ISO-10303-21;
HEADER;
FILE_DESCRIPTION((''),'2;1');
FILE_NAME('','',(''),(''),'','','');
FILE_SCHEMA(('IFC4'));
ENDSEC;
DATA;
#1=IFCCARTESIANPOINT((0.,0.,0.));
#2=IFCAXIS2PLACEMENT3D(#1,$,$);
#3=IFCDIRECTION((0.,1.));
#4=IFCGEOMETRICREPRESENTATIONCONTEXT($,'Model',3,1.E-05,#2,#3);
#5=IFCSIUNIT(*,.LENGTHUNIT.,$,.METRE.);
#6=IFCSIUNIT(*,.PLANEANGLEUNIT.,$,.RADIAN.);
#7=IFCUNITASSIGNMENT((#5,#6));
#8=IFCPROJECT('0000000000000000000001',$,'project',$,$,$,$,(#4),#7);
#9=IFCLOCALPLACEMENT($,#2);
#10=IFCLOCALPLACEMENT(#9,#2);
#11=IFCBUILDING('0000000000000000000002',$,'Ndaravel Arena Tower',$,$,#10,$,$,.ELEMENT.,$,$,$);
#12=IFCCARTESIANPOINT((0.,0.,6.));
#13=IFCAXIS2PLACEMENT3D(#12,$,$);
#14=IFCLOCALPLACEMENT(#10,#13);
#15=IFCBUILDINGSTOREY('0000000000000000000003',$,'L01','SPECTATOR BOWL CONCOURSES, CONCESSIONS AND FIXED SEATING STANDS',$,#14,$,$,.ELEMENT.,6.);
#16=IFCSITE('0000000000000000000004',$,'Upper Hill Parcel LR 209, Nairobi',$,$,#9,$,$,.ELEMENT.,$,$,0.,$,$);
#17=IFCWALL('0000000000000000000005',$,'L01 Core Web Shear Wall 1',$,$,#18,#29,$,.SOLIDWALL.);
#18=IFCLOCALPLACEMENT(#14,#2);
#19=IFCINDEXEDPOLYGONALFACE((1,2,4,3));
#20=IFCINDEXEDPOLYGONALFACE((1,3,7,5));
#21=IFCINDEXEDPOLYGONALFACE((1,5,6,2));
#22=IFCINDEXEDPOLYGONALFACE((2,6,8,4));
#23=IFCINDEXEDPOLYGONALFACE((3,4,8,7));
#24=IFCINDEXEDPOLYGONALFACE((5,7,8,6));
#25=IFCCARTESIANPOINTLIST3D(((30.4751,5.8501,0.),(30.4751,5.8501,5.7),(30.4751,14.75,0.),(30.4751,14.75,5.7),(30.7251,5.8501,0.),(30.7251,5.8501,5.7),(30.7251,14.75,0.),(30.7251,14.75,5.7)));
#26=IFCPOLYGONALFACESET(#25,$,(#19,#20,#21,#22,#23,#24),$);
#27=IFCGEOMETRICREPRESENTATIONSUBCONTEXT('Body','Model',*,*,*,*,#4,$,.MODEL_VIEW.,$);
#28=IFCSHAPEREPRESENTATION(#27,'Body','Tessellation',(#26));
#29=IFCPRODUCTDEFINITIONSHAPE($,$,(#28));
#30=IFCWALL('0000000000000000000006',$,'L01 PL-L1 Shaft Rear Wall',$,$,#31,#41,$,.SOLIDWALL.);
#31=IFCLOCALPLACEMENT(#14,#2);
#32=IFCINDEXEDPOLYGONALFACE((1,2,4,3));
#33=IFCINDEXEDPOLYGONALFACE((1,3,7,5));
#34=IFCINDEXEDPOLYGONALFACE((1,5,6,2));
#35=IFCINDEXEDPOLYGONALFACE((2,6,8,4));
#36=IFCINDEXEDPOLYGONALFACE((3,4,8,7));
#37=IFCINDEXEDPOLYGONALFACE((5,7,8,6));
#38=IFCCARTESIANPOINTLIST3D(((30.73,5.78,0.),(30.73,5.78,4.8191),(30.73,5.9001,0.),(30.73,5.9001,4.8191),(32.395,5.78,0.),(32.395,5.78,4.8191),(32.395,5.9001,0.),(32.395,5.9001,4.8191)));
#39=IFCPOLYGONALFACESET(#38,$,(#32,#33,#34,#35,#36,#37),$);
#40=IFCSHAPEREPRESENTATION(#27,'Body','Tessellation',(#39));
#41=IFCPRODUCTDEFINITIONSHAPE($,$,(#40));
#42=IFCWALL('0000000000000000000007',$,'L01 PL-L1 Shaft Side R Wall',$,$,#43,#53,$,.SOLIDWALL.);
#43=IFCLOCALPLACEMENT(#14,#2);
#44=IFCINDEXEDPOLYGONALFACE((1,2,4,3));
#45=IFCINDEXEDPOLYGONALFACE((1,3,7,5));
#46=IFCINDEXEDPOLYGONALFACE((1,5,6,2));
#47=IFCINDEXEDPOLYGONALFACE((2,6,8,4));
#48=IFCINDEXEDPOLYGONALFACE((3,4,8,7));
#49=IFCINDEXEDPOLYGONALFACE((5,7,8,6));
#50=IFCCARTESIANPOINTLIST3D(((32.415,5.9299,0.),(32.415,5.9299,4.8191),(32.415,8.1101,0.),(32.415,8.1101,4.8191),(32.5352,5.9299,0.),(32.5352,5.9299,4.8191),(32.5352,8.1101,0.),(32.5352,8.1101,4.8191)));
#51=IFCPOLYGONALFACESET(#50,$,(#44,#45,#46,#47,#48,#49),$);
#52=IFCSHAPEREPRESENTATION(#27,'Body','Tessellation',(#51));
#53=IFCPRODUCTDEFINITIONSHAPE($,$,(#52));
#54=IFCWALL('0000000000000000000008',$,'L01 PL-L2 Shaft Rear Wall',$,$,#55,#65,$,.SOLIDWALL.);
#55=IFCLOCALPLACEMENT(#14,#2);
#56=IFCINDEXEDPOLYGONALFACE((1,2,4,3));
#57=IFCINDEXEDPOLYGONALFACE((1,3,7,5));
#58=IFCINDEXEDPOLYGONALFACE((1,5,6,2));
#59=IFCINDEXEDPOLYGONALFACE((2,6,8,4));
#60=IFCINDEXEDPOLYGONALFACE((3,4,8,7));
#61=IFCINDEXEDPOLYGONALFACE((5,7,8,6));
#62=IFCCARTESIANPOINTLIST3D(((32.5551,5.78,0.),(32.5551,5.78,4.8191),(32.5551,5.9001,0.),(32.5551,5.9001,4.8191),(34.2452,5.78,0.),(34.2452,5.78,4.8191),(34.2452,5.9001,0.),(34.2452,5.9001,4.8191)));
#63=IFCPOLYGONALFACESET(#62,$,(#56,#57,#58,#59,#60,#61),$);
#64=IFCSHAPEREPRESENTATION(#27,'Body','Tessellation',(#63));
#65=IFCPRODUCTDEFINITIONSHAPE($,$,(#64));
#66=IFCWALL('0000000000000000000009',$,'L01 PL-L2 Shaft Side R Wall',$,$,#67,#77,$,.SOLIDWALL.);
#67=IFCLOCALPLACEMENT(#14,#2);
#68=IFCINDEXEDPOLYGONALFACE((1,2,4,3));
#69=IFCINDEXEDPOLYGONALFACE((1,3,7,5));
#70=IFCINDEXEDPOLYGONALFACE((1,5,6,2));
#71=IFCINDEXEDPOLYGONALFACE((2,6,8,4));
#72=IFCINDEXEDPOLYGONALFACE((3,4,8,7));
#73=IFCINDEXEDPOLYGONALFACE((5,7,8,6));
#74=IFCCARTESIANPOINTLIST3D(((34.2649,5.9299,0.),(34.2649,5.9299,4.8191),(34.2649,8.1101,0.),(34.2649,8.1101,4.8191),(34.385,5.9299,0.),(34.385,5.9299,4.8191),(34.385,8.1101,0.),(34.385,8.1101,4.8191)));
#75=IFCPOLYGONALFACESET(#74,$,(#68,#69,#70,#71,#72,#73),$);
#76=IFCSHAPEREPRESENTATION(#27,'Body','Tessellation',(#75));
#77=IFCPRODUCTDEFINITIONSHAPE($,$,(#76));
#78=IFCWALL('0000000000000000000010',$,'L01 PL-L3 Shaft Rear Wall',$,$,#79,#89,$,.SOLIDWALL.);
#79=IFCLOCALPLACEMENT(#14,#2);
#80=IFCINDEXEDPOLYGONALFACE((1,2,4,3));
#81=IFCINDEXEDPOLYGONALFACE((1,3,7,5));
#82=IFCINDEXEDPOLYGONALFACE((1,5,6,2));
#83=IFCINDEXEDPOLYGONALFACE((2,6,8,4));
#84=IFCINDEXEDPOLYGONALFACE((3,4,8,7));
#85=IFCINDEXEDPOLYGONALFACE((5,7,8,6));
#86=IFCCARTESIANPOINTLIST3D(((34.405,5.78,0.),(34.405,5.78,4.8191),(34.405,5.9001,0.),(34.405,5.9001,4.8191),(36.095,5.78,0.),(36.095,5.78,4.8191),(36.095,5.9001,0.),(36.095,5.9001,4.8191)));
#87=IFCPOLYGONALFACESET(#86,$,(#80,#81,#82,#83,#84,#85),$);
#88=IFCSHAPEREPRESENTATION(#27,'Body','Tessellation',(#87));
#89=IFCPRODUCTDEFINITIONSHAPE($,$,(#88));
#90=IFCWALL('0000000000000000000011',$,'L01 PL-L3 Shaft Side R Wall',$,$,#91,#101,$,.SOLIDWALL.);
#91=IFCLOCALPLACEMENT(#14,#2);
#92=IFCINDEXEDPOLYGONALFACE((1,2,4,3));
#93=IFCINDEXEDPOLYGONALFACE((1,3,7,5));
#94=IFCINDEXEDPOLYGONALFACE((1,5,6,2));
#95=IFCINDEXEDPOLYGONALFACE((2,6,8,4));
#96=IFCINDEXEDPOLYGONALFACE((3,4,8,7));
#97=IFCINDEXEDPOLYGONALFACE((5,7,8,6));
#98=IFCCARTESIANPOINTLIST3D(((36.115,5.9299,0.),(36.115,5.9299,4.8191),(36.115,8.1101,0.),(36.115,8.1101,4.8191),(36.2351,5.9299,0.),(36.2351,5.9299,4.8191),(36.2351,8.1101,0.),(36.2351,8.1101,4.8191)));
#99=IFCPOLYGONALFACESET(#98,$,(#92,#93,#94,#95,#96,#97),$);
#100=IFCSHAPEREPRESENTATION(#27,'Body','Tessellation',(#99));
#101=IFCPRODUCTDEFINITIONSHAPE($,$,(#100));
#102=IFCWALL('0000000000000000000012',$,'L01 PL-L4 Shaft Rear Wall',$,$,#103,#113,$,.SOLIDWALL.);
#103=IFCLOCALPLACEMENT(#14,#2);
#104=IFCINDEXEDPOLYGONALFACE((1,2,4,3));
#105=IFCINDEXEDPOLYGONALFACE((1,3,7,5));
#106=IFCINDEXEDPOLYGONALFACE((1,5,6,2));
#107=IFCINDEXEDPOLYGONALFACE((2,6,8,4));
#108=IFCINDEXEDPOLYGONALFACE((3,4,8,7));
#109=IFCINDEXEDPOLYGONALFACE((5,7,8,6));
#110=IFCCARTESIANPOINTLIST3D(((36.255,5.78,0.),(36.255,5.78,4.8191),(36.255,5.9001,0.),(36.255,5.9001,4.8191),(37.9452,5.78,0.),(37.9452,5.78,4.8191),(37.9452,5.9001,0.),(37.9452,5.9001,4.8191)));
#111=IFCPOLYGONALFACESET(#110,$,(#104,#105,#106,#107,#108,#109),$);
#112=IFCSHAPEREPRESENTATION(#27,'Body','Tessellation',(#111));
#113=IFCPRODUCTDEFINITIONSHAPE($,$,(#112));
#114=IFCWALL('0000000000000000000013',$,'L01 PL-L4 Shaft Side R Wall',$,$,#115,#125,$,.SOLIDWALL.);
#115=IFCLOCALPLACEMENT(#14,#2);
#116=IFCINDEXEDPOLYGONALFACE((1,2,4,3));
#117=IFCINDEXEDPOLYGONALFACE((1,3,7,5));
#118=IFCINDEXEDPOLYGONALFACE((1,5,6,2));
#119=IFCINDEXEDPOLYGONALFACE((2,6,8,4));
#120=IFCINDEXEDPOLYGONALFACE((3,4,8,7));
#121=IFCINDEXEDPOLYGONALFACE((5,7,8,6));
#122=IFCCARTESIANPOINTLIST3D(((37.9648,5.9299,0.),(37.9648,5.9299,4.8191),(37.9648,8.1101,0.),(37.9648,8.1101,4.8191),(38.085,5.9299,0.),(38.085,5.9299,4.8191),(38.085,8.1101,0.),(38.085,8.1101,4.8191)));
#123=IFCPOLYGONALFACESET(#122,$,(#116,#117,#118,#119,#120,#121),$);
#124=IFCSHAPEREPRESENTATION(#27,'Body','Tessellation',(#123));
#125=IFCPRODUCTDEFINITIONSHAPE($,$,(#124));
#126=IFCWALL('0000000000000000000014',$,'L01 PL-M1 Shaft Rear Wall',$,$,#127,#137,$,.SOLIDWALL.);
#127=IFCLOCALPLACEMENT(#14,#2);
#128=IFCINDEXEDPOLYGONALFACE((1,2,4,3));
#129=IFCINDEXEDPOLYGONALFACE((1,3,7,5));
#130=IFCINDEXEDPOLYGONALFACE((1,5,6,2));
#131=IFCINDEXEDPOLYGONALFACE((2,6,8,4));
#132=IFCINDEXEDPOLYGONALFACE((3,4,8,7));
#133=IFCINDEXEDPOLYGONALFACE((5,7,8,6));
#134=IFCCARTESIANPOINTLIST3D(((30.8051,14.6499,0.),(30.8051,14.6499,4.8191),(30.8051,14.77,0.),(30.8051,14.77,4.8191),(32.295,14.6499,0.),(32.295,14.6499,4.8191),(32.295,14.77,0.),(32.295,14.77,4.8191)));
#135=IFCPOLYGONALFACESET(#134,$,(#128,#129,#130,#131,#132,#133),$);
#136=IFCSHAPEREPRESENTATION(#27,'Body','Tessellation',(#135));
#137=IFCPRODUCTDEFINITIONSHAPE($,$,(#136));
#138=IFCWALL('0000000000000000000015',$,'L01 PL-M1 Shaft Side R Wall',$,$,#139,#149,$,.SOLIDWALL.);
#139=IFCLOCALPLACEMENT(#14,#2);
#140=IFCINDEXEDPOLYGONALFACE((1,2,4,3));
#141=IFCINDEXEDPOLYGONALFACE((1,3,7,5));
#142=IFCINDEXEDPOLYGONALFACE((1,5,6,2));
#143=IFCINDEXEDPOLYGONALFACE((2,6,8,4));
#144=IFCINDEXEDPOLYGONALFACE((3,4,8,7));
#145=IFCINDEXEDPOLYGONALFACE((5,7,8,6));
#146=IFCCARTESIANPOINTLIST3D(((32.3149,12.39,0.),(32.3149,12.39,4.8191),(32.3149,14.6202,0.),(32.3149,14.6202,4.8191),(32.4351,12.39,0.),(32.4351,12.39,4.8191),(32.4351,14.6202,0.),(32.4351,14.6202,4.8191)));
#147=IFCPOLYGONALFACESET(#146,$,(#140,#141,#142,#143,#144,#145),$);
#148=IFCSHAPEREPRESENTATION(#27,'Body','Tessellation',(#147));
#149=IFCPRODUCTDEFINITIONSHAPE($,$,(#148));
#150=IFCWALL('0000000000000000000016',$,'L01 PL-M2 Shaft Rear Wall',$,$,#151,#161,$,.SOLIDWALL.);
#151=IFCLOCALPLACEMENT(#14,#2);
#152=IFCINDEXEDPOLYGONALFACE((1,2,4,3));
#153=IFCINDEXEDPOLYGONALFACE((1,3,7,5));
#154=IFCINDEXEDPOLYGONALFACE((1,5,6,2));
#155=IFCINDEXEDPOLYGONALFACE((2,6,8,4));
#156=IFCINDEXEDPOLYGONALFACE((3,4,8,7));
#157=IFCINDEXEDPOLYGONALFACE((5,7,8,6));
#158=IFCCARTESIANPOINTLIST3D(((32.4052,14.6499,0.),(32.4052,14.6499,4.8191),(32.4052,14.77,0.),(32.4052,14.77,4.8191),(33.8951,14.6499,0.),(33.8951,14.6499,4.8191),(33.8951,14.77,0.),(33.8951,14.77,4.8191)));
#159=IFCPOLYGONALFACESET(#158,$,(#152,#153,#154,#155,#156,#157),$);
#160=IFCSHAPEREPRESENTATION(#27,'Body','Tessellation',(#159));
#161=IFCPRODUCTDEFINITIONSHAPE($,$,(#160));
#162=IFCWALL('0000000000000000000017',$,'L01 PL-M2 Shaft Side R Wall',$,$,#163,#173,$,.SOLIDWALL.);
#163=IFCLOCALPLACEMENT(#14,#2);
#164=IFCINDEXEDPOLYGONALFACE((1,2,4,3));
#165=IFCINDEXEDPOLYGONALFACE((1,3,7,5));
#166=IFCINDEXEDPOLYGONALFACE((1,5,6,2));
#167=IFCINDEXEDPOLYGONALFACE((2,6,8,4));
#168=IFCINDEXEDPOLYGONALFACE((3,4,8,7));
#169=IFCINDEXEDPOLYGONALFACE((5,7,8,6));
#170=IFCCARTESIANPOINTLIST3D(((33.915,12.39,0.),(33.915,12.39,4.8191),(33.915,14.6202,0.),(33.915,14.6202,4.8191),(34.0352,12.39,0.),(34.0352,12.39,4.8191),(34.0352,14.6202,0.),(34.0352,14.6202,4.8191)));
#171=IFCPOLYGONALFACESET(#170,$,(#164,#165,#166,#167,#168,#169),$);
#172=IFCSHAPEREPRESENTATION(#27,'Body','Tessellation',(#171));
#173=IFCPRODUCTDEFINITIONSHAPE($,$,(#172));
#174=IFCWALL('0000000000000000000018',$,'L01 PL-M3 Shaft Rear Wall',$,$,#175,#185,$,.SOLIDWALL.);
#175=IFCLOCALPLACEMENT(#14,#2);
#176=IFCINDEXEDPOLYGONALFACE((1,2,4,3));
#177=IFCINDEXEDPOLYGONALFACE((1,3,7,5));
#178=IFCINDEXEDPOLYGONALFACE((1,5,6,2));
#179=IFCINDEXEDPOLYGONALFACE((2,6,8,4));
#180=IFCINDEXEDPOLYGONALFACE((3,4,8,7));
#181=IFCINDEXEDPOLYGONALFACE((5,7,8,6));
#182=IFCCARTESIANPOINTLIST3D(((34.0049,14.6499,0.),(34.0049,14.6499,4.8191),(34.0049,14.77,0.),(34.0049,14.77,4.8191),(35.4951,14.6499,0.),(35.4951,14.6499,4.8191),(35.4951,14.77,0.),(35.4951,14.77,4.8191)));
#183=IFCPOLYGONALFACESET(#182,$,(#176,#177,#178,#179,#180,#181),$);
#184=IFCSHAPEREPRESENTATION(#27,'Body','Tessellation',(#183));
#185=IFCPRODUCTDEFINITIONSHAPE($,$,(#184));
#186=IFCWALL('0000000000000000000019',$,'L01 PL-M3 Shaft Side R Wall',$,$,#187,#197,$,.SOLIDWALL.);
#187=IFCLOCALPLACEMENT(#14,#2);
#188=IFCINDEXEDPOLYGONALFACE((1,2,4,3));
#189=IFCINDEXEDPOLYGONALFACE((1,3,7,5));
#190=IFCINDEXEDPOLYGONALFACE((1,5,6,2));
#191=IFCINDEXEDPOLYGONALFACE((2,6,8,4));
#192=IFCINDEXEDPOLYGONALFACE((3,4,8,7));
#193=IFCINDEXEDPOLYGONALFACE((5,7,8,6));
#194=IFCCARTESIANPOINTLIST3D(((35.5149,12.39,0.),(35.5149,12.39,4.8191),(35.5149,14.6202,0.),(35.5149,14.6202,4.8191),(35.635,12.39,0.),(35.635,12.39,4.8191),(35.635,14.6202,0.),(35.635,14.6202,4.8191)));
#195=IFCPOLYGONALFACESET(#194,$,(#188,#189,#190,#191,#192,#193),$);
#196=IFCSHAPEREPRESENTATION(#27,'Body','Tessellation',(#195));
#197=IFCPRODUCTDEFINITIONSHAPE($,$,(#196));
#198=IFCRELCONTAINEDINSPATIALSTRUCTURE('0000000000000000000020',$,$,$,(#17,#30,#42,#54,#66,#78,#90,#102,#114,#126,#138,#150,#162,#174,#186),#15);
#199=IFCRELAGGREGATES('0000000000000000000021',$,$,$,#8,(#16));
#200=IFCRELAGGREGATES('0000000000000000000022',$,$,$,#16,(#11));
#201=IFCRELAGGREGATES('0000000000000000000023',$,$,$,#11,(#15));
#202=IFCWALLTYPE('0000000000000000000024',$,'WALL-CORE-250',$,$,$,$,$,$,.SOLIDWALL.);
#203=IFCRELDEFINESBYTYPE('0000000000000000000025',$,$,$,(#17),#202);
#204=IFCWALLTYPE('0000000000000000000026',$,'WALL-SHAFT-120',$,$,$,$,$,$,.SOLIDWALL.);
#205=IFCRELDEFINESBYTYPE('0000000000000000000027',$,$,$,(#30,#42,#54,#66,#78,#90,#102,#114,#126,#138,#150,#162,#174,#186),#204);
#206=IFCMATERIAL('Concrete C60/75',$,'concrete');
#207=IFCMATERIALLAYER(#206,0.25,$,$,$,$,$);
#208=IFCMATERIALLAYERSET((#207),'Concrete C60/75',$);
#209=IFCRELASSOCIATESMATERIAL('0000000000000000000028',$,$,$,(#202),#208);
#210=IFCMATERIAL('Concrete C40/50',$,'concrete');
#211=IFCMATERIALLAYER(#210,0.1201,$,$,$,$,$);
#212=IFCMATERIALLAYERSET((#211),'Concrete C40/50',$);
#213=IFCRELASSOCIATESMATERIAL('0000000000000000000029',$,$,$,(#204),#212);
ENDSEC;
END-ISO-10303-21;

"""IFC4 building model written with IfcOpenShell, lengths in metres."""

from ifc_helpers import new_model, si_unit, direction, frame, frame_2d, origin, place, context, subcontext, project, spatial, rectangle, extrude, material, layer, layer_set, type_object, element, save


model = new_model("IFC4")

# Units and contexts
model_context = context("Model", 3, precision=1e-05, world=origin(), true_north=direction((0.0, 1.0)))
body_context = subcontext(model_context, "Body", "Model", "MODEL_VIEW")
ifc_project = project(units=[si_unit("LENGTHUNIT", "METRE"), si_unit("PLANEANGLEUNIT", "RADIAN")], contexts=[model_context])

# Site, building, storey
site_placement = place(None, origin())
site = spatial("IfcSite", under=ifc_project, at=site_placement, Name="Upper Hill Parcel LR 209, Nairobi", CompositionType="ELEMENT", RefElevation=0.0)
building_placement = place(site_placement, origin())
building = spatial("IfcBuilding", under=site, at=building_placement, Name="Ndaravel Arena Tower", CompositionType="ELEMENT")
storey_placement = place(building_placement, frame((0.0, 0.0, 6.0)))
storey = spatial("IfcBuildingStorey", under=building, at=storey_placement, Name="L01", Description="SPECTATOR BOWL CONCOURSES, CONCESSIONS AND FIXED SEATING STANDS", CompositionType="ELEMENT", Elevation=6.0)

# Walls
ifc_material_1 = material(Name="Concrete C60/75", Category="concrete")
ifc_layer_1 = layer(ifc_material_1, 0.25)
ifc_layer_set_1 = layer_set([ifc_layer_1], Name="Concrete C60/75")
wall_type_1 = type_object("IfcWallType", Name="WALL-CORE-250", PredefinedType="SOLIDWALL", material=ifc_layer_set_1)
wall_1_placement = place(storey_placement, frame((30.6001, 5.8501, 0.0), z_axis=(0.0, 0.0, 1.0), x_axis=(0.0, 1.0, 0.0)))
element("IfcWall", 1, at=wall_1_placement, inside=storey, type_object=wall_type_1, Name="L01 Core Web Shear Wall 1", PredefinedType="SOLIDWALL", context=body_context, shape_type="SweptSolid", body=[
    extrude(rectangle(XDim=8.8999, YDim=0.25, at=frame_2d((4.45, 0.0))), origin(), (0.0, 0.0, 1.0), 5.7),
])
ifc_material_2 = material(Name="Concrete C40/50", Category="concrete")
ifc_layer_2 = layer(ifc_material_2, 0.1201)
ifc_layer_set_2 = layer_set([ifc_layer_2], Name="Concrete C40/50")
wall_type_2 = type_object("IfcWallType", Name="WALL-SHAFT-120", PredefinedType="SOLIDWALL", material=ifc_layer_set_2)
wall_2_placement = place(storey_placement, frame((30.73, 5.8401, 0.0), z_axis=(0.0, 0.0, 1.0), x_axis=(1.0, 0.0, 0.0)))
element("IfcWall", 2, at=wall_2_placement, inside=storey, type_object=wall_type_2, Name="L01 PL-L1 Shaft Rear Wall", PredefinedType="SOLIDWALL", context=body_context, shape_type="SweptSolid", body=[
    extrude(rectangle(XDim=1.665, YDim=0.1201, at=frame_2d((0.8325, 0.0))), origin(), (0.0, 0.0, 1.0), 4.8191),
])
wall_3_placement = place(storey_placement, frame((32.4751, 5.9299, 0.0), z_axis=(0.0, 0.0, 1.0), x_axis=(0.0, 1.0, 0.0)))
element("IfcWall", 3, at=wall_3_placement, inside=storey, type_object=wall_type_2, Name="L01 PL-L1 Shaft Side R Wall", PredefinedType="SOLIDWALL", context=body_context, shape_type="SweptSolid", body=[
    extrude(rectangle(XDim=2.1802, YDim=0.1201, at=frame_2d((1.0901, 0.0))), origin(), (0.0, 0.0, 1.0), 4.8191),
])
wall_4_placement = place(storey_placement, frame((32.5549, 5.8401, 0.0), z_axis=(0.0, 0.0, 1.0), x_axis=(1.0, 0.0, 0.0)))
element("IfcWall", 4, at=wall_4_placement, inside=storey, type_object=wall_type_2, Name="L01 PL-L2 Shaft Rear Wall", PredefinedType="SOLIDWALL", context=body_context, shape_type="SweptSolid", body=[
    extrude(rectangle(XDim=1.6902, YDim=0.1201, at=frame_2d((0.8452, 0.0))), origin(), (0.0, 0.0, 1.0), 4.8191),
])
wall_5_placement = place(storey_placement, frame((34.325, 5.9299, 0.0), z_axis=(0.0, 0.0, 1.0), x_axis=(0.0, 1.0, 0.0)))
element("IfcWall", 5, at=wall_5_placement, inside=storey, type_object=wall_type_2, Name="L01 PL-L2 Shaft Side R Wall", PredefinedType="SOLIDWALL", context=body_context, shape_type="SweptSolid", body=[
    extrude(rectangle(XDim=2.1802, YDim=0.1201, at=frame_2d((1.0901, 0.0))), origin(), (0.0, 0.0, 1.0), 4.8191),
])
wall_6_placement = place(storey_placement, frame((34.405, 5.8401, 0.0), z_axis=(0.0, 0.0, 1.0), x_axis=(1.0, 0.0, 0.0)))
element("IfcWall", 6, at=wall_6_placement, inside=storey, type_object=wall_type_2, Name="L01 PL-L3 Shaft Rear Wall", PredefinedType="SOLIDWALL", context=body_context, shape_type="SweptSolid", body=[
    extrude(rectangle(XDim=1.6899, YDim=0.1201, at=frame_2d((0.845, 0.0))), origin(), (0.0, 0.0, 1.0), 4.8191),
])
wall_7_placement = place(storey_placement, frame((36.175, 5.9299, 0.0), z_axis=(0.0, 0.0, 1.0), x_axis=(0.0, 1.0, 0.0)))
element("IfcWall", 7, at=wall_7_placement, inside=storey, type_object=wall_type_2, Name="L01 PL-L3 Shaft Side R Wall", PredefinedType="SOLIDWALL", context=body_context, shape_type="SweptSolid", body=[
    extrude(rectangle(XDim=2.1802, YDim=0.1201, at=frame_2d((1.0901, 0.0))), origin(), (0.0, 0.0, 1.0), 4.8191),
])
wall_8_placement = place(storey_placement, frame((36.2549, 5.8401, 0.0), z_axis=(0.0, 0.0, 1.0), x_axis=(1.0, 0.0, 0.0)))
element("IfcWall", 8, at=wall_8_placement, inside=storey, type_object=wall_type_2, Name="L01 PL-L4 Shaft Rear Wall", PredefinedType="SOLIDWALL", context=body_context, shape_type="SweptSolid", body=[
    extrude(rectangle(XDim=1.6902, YDim=0.1201, at=frame_2d((0.8452, 0.0))), origin(), (0.0, 0.0, 1.0), 4.8191),
])
wall_9_placement = place(storey_placement, frame((38.0249, 5.9299, 0.0), z_axis=(0.0, 0.0, 1.0), x_axis=(0.0, 1.0, 0.0)))
element("IfcWall", 9, at=wall_9_placement, inside=storey, type_object=wall_type_2, Name="L01 PL-L4 Shaft Side R Wall", PredefinedType="SOLIDWALL", context=body_context, shape_type="SweptSolid", body=[
    extrude(rectangle(XDim=2.1802, YDim=0.1201, at=frame_2d((1.0901, 0.0))), origin(), (0.0, 0.0, 1.0), 4.8191),
])
wall_10_placement = place(storey_placement, frame((30.8049, 14.71, 0.0), z_axis=(0.0, 0.0, 1.0), x_axis=(1.0, 0.0, 0.0)))
element("IfcWall", 10, at=wall_10_placement, inside=storey, type_object=wall_type_2, Name="L01 PL-M1 Shaft Rear Wall", PredefinedType="SOLIDWALL", context=body_context, shape_type="SweptSolid", body=[
    extrude(rectangle(XDim=1.49, YDim=0.1201, at=frame_2d((0.7451, 0.0))), origin(), (0.0, 0.0, 1.0), 4.8191),
])
wall_11_placement = place(storey_placement, frame((32.375, 12.3899, 0.0), z_axis=(0.0, 0.0, 1.0), x_axis=(0.0, 1.0, 0.0)))
element("IfcWall", 11, at=wall_11_placement, inside=storey, type_object=wall_type_2, Name="L01 PL-M1 Shaft Side R Wall", PredefinedType="SOLIDWALL", context=body_context, shape_type="SweptSolid", body=[
    extrude(rectangle(XDim=2.2302, YDim=0.1201, at=frame_2d((1.1152, 0.0))), origin(), (0.0, 0.0, 1.0), 4.8191),
])
wall_12_placement = place(storey_placement, frame((32.405, 14.71, 0.0), z_axis=(0.0, 0.0, 1.0), x_axis=(1.0, 0.0, 0.0)))
element("IfcWall", 12, at=wall_12_placement, inside=storey, type_object=wall_type_2, Name="L01 PL-M2 Shaft Rear Wall", PredefinedType="SOLIDWALL", context=body_context, shape_type="SweptSolid", body=[
    extrude(rectangle(XDim=1.49, YDim=0.1201, at=frame_2d((0.7451, 0.0))), origin(), (0.0, 0.0, 1.0), 4.8191),
])
wall_13_placement = place(storey_placement, frame((33.9751, 12.3899, 0.0), z_axis=(0.0, 0.0, 1.0), x_axis=(0.0, 1.0, 0.0)))
element("IfcWall", 13, at=wall_13_placement, inside=storey, type_object=wall_type_2, Name="L01 PL-M2 Shaft Side R Wall", PredefinedType="SOLIDWALL", context=body_context, shape_type="SweptSolid", body=[
    extrude(rectangle(XDim=2.2302, YDim=0.1201, at=frame_2d((1.1152, 0.0))), origin(), (0.0, 0.0, 1.0), 4.8191),
])
wall_14_placement = place(storey_placement, frame((34.0049, 14.71, 0.0), z_axis=(0.0, 0.0, 1.0), x_axis=(1.0, 0.0, 0.0)))
element("IfcWall", 14, at=wall_14_placement, inside=storey, type_object=wall_type_2, Name="L01 PL-M3 Shaft Rear Wall", PredefinedType="SOLIDWALL", context=body_context, shape_type="SweptSolid", body=[
    extrude(rectangle(XDim=1.4902, YDim=0.1201, at=frame_2d((0.7451, 0.0))), origin(), (0.0, 0.0, 1.0), 4.8191),
])
wall_15_placement = place(storey_placement, frame((35.575, 12.3899, 0.0), z_axis=(0.0, 0.0, 1.0), x_axis=(0.0, 1.0, 0.0)))
element("IfcWall", 15, at=wall_15_placement, inside=storey, type_object=wall_type_2, Name="L01 PL-M3 Shaft Side R Wall", PredefinedType="SOLIDWALL", context=body_context, shape_type="SweptSolid", body=[
    extrude(rectangle(XDim=2.2302, YDim=0.1201, at=frame_2d((1.1152, 0.0))), origin(), (0.0, 0.0, 1.0), 4.8191),
])

save(model, "model.ifc")
